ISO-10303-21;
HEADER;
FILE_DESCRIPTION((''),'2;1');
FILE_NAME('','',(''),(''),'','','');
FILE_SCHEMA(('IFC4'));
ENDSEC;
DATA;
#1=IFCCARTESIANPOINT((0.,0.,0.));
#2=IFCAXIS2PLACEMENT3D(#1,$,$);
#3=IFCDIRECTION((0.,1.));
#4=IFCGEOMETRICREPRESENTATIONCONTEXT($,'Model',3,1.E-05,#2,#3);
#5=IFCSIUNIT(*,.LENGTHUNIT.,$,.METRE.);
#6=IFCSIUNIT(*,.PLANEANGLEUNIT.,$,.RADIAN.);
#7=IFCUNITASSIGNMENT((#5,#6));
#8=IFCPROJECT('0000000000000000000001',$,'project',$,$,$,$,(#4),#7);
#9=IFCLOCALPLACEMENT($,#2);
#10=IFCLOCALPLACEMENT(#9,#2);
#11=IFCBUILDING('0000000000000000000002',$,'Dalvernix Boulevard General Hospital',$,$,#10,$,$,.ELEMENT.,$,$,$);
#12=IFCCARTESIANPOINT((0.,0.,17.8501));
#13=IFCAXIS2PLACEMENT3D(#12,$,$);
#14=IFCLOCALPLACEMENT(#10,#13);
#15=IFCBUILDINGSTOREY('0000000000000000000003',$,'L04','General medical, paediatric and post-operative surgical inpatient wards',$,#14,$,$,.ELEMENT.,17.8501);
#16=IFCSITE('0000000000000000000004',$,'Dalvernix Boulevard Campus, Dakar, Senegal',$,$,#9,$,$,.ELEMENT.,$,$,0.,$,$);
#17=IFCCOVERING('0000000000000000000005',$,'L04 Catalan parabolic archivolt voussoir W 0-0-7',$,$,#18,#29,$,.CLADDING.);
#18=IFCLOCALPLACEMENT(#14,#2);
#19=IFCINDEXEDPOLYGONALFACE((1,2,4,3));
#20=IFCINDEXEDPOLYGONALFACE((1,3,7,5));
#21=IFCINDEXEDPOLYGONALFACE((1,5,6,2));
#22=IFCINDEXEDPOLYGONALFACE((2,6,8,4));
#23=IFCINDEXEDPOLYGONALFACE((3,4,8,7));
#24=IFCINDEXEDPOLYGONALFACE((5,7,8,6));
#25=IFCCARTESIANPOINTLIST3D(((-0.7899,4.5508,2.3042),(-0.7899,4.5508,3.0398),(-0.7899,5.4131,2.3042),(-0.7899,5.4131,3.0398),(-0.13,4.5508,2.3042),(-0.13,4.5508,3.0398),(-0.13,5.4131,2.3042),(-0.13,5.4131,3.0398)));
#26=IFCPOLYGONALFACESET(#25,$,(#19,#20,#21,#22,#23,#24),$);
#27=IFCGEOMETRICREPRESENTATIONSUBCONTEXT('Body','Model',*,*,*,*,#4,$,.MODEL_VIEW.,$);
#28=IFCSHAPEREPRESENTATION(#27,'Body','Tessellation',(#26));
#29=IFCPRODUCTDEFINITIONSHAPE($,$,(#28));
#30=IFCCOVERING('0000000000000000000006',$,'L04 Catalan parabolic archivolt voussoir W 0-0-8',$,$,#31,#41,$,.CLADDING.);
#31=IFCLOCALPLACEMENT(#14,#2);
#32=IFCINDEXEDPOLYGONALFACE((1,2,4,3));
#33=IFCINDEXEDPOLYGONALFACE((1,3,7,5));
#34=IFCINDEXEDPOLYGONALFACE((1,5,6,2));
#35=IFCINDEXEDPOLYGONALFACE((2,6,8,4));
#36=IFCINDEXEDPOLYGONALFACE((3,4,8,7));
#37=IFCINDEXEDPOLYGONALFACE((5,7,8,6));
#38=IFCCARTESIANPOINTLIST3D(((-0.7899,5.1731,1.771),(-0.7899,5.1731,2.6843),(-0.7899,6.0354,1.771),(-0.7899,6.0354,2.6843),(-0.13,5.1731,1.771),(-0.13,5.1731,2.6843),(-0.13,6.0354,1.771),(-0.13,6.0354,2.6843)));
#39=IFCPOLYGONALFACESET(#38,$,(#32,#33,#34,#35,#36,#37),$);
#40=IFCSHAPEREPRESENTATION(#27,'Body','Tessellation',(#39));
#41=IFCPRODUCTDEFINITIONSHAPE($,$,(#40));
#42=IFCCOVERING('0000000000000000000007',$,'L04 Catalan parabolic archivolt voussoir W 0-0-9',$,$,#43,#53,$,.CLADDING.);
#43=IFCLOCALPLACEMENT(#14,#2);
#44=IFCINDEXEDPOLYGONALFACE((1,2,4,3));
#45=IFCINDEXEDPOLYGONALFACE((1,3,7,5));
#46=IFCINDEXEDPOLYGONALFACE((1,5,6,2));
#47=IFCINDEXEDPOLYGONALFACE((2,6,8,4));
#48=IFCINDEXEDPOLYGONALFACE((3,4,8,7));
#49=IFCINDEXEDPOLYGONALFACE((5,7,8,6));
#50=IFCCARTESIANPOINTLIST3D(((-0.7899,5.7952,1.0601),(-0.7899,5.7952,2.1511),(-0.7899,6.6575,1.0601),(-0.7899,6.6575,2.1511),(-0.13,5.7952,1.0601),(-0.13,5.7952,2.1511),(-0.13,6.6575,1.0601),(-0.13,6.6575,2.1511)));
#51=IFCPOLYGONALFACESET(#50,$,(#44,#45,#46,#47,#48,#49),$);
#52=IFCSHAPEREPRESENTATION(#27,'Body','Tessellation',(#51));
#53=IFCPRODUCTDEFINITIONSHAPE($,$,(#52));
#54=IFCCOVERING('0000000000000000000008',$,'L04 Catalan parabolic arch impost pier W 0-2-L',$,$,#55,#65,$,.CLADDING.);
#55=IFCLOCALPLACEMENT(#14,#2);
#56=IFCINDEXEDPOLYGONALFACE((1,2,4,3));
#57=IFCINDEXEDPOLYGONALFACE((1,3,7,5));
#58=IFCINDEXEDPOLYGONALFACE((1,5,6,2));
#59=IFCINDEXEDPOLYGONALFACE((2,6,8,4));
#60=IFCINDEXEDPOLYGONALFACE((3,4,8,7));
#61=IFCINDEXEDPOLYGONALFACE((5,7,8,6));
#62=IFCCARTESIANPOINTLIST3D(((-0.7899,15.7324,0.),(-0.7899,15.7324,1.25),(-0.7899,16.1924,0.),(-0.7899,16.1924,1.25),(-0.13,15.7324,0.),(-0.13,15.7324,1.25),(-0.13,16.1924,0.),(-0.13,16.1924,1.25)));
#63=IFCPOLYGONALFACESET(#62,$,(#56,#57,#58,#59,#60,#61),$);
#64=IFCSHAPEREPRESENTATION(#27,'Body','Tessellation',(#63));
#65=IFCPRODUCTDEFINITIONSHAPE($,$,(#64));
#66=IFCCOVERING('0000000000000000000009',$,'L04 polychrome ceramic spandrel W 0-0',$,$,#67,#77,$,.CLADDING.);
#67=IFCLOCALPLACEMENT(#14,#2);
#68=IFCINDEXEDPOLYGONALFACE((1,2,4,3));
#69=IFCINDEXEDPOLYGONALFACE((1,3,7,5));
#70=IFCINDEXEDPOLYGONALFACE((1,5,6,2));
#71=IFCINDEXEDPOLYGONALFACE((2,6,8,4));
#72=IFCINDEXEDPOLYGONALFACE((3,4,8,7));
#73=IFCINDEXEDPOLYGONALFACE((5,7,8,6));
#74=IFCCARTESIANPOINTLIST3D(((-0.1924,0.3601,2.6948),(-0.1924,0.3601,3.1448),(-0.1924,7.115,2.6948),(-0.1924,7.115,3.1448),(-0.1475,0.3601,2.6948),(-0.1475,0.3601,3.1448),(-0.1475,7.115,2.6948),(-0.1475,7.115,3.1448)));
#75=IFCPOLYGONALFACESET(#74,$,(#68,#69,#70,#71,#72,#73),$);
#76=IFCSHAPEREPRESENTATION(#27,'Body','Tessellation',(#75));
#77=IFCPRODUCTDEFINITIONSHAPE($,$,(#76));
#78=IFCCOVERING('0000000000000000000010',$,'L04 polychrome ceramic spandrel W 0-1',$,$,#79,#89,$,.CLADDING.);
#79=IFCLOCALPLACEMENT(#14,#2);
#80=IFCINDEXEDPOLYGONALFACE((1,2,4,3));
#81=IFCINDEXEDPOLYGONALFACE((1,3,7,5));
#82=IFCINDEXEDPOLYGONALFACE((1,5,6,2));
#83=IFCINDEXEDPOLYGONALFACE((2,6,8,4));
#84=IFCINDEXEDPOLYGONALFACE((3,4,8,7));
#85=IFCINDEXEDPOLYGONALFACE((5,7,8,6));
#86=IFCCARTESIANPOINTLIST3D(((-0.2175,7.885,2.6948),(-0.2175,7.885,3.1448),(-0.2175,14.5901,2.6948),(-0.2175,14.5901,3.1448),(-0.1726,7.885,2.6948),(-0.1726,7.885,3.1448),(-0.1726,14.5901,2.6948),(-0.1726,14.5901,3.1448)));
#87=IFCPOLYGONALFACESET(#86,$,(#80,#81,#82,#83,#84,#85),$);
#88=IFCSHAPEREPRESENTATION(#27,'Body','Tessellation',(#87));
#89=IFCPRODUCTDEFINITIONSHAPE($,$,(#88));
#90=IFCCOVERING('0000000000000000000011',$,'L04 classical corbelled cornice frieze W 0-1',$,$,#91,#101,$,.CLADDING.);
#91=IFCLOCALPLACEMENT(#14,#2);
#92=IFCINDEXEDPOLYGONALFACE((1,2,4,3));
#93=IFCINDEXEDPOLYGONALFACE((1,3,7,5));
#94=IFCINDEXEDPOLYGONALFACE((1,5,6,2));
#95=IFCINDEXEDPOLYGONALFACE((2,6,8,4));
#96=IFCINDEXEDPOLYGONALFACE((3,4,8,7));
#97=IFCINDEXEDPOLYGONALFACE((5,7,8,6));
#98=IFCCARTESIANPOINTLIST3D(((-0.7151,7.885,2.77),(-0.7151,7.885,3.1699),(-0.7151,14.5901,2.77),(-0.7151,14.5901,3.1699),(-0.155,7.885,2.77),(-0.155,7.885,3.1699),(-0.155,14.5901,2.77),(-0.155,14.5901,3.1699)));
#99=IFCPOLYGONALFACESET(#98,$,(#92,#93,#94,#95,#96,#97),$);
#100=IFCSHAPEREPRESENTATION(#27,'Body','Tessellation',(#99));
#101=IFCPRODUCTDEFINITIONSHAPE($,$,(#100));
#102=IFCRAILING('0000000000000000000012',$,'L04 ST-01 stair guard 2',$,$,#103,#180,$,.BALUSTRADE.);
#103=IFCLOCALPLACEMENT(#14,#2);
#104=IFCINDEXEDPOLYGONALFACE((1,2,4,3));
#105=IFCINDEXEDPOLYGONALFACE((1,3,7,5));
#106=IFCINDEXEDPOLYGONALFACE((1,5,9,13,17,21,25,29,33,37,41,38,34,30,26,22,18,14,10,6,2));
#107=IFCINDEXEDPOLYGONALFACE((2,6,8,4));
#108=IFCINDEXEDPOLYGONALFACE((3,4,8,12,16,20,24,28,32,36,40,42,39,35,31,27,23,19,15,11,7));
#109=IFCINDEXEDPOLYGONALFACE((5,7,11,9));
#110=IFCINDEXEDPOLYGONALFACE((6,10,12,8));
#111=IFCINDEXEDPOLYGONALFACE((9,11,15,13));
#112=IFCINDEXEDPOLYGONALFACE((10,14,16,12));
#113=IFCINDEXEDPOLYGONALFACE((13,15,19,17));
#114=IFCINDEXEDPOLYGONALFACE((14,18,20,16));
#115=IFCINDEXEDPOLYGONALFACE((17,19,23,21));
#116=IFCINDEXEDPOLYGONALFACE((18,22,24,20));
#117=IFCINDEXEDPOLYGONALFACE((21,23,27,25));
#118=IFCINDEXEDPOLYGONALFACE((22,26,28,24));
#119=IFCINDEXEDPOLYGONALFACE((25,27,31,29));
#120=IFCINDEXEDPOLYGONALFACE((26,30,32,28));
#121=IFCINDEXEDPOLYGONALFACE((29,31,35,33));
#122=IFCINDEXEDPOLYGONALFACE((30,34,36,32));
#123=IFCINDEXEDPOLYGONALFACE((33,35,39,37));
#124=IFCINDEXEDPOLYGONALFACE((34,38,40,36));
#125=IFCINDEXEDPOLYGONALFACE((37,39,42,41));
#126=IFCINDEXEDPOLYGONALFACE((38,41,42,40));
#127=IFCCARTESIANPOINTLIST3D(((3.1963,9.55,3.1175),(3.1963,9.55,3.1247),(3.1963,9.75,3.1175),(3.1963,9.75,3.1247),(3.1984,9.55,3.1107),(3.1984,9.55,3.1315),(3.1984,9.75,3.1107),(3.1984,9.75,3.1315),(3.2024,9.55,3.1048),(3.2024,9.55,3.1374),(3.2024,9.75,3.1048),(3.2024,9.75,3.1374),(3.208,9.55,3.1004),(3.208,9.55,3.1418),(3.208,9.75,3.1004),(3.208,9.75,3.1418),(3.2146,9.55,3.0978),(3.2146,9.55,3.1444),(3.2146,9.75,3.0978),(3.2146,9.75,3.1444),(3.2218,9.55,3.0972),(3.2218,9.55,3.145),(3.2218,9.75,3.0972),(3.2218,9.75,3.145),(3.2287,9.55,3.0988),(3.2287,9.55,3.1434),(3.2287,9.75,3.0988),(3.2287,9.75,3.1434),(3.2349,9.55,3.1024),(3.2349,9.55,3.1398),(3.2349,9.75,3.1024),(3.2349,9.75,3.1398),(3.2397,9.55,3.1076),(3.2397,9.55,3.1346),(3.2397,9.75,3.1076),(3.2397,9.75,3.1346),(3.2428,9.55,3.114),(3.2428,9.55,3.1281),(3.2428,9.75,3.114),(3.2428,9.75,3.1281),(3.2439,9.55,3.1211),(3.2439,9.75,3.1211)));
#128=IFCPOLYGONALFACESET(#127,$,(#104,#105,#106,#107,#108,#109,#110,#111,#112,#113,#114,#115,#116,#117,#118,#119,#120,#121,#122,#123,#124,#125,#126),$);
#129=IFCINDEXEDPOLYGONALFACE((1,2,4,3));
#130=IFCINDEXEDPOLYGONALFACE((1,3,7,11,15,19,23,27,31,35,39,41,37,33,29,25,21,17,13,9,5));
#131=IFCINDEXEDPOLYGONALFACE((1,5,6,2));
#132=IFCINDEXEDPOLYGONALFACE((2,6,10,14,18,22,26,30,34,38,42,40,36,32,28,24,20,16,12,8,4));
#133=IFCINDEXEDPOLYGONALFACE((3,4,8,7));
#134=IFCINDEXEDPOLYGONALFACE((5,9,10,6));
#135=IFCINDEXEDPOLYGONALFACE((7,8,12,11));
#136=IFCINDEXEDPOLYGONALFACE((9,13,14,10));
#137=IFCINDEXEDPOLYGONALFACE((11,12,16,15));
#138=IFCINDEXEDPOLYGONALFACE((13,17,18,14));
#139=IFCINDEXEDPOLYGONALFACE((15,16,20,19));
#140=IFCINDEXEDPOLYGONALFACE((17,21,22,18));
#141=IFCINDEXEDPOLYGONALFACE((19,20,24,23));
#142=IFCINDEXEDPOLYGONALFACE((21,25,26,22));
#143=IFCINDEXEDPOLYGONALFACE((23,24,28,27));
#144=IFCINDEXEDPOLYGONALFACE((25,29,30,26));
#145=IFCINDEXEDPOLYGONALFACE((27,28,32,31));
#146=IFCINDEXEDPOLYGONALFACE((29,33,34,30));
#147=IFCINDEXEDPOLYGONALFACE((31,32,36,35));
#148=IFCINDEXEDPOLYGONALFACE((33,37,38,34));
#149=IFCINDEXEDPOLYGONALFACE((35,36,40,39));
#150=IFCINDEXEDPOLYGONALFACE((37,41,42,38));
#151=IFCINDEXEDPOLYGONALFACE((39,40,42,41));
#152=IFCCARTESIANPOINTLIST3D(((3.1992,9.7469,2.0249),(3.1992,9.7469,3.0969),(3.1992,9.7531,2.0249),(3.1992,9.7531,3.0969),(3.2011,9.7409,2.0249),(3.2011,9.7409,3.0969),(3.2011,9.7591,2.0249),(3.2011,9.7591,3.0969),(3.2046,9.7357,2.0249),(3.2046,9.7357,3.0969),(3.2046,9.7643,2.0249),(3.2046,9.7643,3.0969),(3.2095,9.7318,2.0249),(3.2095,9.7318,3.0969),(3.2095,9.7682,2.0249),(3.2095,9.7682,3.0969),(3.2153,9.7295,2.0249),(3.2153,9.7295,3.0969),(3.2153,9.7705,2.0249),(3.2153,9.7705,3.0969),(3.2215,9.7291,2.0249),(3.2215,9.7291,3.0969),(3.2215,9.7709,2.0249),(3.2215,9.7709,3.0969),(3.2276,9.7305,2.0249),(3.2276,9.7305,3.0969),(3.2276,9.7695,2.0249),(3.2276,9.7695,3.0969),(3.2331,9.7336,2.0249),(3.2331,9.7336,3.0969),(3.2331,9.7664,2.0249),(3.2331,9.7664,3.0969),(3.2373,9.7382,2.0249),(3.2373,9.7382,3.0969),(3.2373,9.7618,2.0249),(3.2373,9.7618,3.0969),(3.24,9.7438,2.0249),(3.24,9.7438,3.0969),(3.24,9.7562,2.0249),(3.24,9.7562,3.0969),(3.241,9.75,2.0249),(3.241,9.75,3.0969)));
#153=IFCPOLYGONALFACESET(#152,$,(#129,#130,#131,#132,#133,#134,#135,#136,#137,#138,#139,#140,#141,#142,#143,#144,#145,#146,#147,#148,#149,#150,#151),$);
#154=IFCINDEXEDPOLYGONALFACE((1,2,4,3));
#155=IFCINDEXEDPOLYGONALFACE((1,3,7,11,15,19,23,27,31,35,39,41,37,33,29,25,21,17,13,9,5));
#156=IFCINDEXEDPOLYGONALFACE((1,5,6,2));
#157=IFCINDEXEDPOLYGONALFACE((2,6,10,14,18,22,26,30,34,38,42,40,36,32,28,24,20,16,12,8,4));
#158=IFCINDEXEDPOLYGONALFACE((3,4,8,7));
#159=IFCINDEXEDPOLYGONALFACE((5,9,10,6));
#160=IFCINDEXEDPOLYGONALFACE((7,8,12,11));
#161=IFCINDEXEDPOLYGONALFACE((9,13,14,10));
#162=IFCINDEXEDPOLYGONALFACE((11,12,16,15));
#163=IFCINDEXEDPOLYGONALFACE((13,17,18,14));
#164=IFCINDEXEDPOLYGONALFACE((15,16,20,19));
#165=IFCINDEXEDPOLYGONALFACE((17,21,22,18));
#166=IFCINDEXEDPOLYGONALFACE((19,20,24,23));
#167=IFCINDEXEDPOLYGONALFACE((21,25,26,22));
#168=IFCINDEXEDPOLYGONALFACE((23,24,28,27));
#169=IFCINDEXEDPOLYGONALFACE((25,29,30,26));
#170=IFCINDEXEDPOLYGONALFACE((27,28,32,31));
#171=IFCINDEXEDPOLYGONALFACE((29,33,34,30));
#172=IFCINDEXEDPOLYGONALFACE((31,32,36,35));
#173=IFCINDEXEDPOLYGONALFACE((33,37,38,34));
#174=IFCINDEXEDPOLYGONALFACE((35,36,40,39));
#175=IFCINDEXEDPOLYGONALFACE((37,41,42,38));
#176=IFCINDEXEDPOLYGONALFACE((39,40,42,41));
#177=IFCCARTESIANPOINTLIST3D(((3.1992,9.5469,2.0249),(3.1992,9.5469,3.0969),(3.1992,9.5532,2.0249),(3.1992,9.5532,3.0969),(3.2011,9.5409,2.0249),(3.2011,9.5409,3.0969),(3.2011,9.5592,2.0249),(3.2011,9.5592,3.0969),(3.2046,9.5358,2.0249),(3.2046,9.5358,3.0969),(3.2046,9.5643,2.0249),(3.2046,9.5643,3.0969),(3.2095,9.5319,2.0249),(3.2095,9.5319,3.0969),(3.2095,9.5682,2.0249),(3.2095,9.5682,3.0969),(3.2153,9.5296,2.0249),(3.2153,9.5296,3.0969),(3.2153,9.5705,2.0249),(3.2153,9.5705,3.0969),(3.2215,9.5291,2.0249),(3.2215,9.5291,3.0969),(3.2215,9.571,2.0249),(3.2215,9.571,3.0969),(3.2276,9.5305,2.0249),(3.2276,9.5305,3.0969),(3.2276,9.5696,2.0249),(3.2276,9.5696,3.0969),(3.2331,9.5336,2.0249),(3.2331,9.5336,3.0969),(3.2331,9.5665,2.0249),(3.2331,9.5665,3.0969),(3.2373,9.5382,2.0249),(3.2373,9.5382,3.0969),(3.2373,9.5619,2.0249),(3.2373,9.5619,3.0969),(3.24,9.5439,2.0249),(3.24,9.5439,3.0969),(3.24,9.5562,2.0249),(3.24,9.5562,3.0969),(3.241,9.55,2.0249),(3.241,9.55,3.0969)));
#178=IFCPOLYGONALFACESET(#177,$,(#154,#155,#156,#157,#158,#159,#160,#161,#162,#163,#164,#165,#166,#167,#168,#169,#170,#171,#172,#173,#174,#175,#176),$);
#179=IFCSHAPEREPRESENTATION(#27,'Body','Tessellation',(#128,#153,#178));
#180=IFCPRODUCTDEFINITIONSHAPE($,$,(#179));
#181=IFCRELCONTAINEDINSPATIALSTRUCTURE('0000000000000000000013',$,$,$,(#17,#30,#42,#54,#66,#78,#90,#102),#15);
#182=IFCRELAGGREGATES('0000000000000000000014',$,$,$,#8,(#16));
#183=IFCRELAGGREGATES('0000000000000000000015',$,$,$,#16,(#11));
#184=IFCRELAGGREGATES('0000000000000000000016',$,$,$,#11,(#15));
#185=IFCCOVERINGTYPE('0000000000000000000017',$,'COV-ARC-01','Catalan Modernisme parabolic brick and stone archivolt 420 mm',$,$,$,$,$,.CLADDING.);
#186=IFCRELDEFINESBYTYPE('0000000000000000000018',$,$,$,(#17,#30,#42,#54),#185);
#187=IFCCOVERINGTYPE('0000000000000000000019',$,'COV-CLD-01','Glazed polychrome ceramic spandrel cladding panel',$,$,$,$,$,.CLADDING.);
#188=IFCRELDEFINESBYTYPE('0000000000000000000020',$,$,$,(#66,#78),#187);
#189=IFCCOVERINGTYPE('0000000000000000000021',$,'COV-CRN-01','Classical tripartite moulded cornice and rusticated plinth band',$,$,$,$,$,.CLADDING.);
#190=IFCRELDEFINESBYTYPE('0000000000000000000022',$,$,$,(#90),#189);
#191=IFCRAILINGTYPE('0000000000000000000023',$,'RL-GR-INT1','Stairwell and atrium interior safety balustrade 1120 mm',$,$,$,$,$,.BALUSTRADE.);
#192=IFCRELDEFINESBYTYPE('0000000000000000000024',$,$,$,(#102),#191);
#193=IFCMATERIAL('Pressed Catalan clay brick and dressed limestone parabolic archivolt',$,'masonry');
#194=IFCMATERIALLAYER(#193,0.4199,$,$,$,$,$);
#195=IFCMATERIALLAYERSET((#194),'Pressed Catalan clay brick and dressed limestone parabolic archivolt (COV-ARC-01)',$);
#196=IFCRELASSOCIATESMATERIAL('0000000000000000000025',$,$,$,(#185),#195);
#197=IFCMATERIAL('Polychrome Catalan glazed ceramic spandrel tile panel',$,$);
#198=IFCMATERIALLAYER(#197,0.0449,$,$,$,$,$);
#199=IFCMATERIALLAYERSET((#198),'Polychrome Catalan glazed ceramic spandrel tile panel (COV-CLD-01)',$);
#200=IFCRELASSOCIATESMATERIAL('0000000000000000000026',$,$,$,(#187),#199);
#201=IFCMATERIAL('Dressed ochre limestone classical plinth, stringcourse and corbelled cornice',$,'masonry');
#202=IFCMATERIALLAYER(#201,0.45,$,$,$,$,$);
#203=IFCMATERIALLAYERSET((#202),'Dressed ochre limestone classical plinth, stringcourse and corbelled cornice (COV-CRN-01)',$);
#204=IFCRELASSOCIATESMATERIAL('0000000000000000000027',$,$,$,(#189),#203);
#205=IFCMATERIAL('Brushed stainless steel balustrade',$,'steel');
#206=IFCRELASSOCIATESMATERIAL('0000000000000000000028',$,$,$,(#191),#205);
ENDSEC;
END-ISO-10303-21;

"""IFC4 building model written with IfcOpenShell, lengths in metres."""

from ifc_helpers import new_model, si_unit, direction, frame, origin, origin_2d, place, context, subcontext, project, spatial, rectangle, circle, extrude, material, layer, layer_set, type_object, element, save


model = new_model("IFC4")

# Units and contexts
model_context = context("Model", 3, precision=1e-05, world=origin(), true_north=direction((0.0, 1.0)))
body_context = subcontext(model_context, "Body", "Model", "MODEL_VIEW")
ifc_project = project(units=[si_unit("LENGTHUNIT", "METRE"), si_unit("PLANEANGLEUNIT", "RADIAN")], contexts=[model_context])

# Site, building, storey
site_placement = place(None, origin())
site = spatial("IfcSite", under=ifc_project, at=site_placement, Name="Dalvernix Boulevard Campus, Dakar, Senegal", CompositionType="ELEMENT", RefElevation=0.0)
building_placement = place(site_placement, origin())
building = spatial("IfcBuilding", under=site, at=building_placement, Name="Dalvernix Boulevard General Hospital", CompositionType="ELEMENT")
storey_placement = place(building_placement, frame((0.0, 0.0, 17.8501)))
storey = spatial("IfcBuildingStorey", under=building, at=storey_placement, Name="L04", Description="General medical, paediatric and post-operative surgical inpatient wards", CompositionType="ELEMENT", Elevation=17.8501)

# Coverings
ifc_material_1 = material(Name="Pressed Catalan clay brick and dressed limestone parabolic archivolt", Category="masonry")
ifc_layer_1 = layer(ifc_material_1, 0.4199)
ifc_layer_set_1 = layer_set([ifc_layer_1], Name="Pressed Catalan clay brick and dressed limestone parabolic archivolt (COV-ARC-01)")
covering_type_1 = type_object("IfcCoveringType", Name="COV-ARC-01", Description="Catalan Modernisme parabolic brick and stone archivolt 420 mm", PredefinedType="CLADDING", material=ifc_layer_set_1)
covering_1_placement = place(storey_placement, frame((-0.46, 4.9819, 2.3042), z_axis=(0.0, 0.0, 1.0), x_axis=(0.0, 1.0, 0.0)))
element("IfcCovering", 1, at=covering_1_placement, inside=storey, type_object=covering_type_1, Name="L04 Catalan parabolic archivolt voussoir W 0-0-7", PredefinedType="CLADDING", context=body_context, shape_type="SweptSolid", body=[
    extrude(rectangle(XDim=0.8623, YDim=0.6599, at=origin_2d()), origin(), (0.0, 0.0, 1.0), 0.7356),
])
covering_2_placement = place(storey_placement, frame((-0.46, 5.6042, 1.771), z_axis=(0.0, 0.0, 1.0), x_axis=(0.0, 1.0, 0.0)))
element("IfcCovering", 2, at=covering_2_placement, inside=storey, type_object=covering_type_1, Name="L04 Catalan parabolic archivolt voussoir W 0-0-8", PredefinedType="CLADDING", context=body_context, shape_type="SweptSolid", body=[
    extrude(rectangle(XDim=0.8623, YDim=0.6599, at=origin_2d()), origin(), (0.0, 0.0, 1.0), 0.9133),
])
covering_3_placement = place(storey_placement, frame((-0.46, 6.2263, 1.0601), z_axis=(0.0, 0.0, 1.0), x_axis=(0.0, 1.0, 0.0)))
element("IfcCovering", 3, at=covering_3_placement, inside=storey, type_object=covering_type_1, Name="L04 Catalan parabolic archivolt voussoir W 0-0-9", PredefinedType="CLADDING", context=body_context, shape_type="SweptSolid", body=[
    extrude(rectangle(XDim=0.8623, YDim=0.6599, at=origin_2d()), origin(), (0.0, 0.0, 1.0), 1.0911),
])
covering_4_placement = place(storey_placement, frame((-0.46, 15.9624, 0.0), z_axis=(0.0, 0.0, 1.0), x_axis=(0.0, 1.0, 0.0)))
element("IfcCovering", 4, at=covering_4_placement, inside=storey, type_object=covering_type_1, Name="L04 Catalan parabolic arch impost pier W 0-2-L", PredefinedType="CLADDING", context=body_context, shape_type="SweptSolid", body=[
    extrude(rectangle(XDim=0.46, YDim=0.6599, at=origin_2d()), origin(), (0.0, 0.0, 1.0), 1.25),
])
ifc_material_2 = material(Name="Polychrome Catalan glazed ceramic spandrel tile panel")
ifc_layer_2 = layer(ifc_material_2, 0.0449)
ifc_layer_set_2 = layer_set([ifc_layer_2], Name="Polychrome Catalan glazed ceramic spandrel tile panel (COV-CLD-01)")
covering_type_2 = type_object("IfcCoveringType", Name="COV-CLD-01", Description="Glazed polychrome ceramic spandrel cladding panel", PredefinedType="CLADDING", material=ifc_layer_set_2)
covering_5_placement = place(storey_placement, frame((-0.1699, 3.7375, 2.6948), z_axis=(0.0, 0.0, 1.0), x_axis=(0.0, 1.0, 0.0)))
element("IfcCovering", 5, at=covering_5_placement, inside=storey, type_object=covering_type_2, Name="L04 polychrome ceramic spandrel W 0-0", PredefinedType="CLADDING", context=body_context, shape_type="SweptSolid", body=[
    extrude(rectangle(XDim=6.7549, YDim=0.0449, at=origin_2d()), origin(), (0.0, 0.0, 1.0), 0.45),
])
covering_6_placement = place(storey_placement, frame((-0.1951, 11.2375, 2.6948), z_axis=(0.0, 0.0, 1.0), x_axis=(0.0, 1.0, 0.0)))
element("IfcCovering", 6, at=covering_6_placement, inside=storey, type_object=covering_type_2, Name="L04 polychrome ceramic spandrel W 0-1", PredefinedType="CLADDING", context=body_context, shape_type="SweptSolid", body=[
    extrude(rectangle(XDim=6.7051, YDim=0.0449, at=origin_2d()), origin(), (0.0, 0.0, 1.0), 0.45),
])
ifc_material_3 = material(Name="Dressed ochre limestone classical plinth, stringcourse and corbelled cornice", Category="masonry")
ifc_layer_3 = layer(ifc_material_3, 0.45)
ifc_layer_set_3 = layer_set([ifc_layer_3], Name="Dressed ochre limestone classical plinth, stringcourse and corbelled cornice (COV-CRN-01)")
covering_type_3 = type_object("IfcCoveringType", Name="COV-CRN-01", Description="Classical tripartite moulded cornice and rusticated plinth band", PredefinedType="CLADDING", material=ifc_layer_set_3)
covering_7_placement = place(storey_placement, frame((-0.4351, 11.2375, 2.77), z_axis=(0.0, 0.0, 1.0), x_axis=(0.0, 1.0, 0.0)))
element("IfcCovering", 7, at=covering_7_placement, inside=storey, type_object=covering_type_3, Name="L04 classical corbelled cornice frieze W 0-1", PredefinedType="CLADDING", context=body_context, shape_type="SweptSolid", body=[
    extrude(rectangle(XDim=6.7051, YDim=0.5601, at=origin_2d()), origin(), (0.0, 0.0, 1.0), 0.3999),
])

# Railing
ifc_material_4 = material(Name="Brushed stainless steel balustrade", Category="steel")
railing_type_1 = type_object("IfcRailingType", Name="RL-GR-INT1", Description="Stairwell and atrium interior safety balustrade 1120 mm", PredefinedType="BALUSTRADE", material=ifc_material_4)
railing_1_placement = place(storey_placement, frame((3.22, 9.75, 2.0249)))
element("IfcRailing", 8, at=railing_1_placement, inside=storey, type_object=railing_type_1, Name="L04 ST-01 stair guard 2", PredefinedType="BALUSTRADE", context=body_context, shape_type="SweptSolid", body=[
    extrude(circle(Radius=0.0239, at=origin_2d()), frame((0.0, 0.0, 1.0962), z_axis=(0.0, -1.0, 0.0), x_axis=(1.0, 0.0, 0.0)), (0.0, 0.0, 1.0), 0.2),
    extrude(circle(Radius=0.021, at=origin_2d()), origin(), (0.0, 0.0, 1.0), 1.072),
    extrude(circle(Radius=0.021, at=origin_2d()), frame((0.0, -0.2, 0.0)), (0.0, 0.0, 1.0), 1.072),
])

save(model, "model.ifc")
